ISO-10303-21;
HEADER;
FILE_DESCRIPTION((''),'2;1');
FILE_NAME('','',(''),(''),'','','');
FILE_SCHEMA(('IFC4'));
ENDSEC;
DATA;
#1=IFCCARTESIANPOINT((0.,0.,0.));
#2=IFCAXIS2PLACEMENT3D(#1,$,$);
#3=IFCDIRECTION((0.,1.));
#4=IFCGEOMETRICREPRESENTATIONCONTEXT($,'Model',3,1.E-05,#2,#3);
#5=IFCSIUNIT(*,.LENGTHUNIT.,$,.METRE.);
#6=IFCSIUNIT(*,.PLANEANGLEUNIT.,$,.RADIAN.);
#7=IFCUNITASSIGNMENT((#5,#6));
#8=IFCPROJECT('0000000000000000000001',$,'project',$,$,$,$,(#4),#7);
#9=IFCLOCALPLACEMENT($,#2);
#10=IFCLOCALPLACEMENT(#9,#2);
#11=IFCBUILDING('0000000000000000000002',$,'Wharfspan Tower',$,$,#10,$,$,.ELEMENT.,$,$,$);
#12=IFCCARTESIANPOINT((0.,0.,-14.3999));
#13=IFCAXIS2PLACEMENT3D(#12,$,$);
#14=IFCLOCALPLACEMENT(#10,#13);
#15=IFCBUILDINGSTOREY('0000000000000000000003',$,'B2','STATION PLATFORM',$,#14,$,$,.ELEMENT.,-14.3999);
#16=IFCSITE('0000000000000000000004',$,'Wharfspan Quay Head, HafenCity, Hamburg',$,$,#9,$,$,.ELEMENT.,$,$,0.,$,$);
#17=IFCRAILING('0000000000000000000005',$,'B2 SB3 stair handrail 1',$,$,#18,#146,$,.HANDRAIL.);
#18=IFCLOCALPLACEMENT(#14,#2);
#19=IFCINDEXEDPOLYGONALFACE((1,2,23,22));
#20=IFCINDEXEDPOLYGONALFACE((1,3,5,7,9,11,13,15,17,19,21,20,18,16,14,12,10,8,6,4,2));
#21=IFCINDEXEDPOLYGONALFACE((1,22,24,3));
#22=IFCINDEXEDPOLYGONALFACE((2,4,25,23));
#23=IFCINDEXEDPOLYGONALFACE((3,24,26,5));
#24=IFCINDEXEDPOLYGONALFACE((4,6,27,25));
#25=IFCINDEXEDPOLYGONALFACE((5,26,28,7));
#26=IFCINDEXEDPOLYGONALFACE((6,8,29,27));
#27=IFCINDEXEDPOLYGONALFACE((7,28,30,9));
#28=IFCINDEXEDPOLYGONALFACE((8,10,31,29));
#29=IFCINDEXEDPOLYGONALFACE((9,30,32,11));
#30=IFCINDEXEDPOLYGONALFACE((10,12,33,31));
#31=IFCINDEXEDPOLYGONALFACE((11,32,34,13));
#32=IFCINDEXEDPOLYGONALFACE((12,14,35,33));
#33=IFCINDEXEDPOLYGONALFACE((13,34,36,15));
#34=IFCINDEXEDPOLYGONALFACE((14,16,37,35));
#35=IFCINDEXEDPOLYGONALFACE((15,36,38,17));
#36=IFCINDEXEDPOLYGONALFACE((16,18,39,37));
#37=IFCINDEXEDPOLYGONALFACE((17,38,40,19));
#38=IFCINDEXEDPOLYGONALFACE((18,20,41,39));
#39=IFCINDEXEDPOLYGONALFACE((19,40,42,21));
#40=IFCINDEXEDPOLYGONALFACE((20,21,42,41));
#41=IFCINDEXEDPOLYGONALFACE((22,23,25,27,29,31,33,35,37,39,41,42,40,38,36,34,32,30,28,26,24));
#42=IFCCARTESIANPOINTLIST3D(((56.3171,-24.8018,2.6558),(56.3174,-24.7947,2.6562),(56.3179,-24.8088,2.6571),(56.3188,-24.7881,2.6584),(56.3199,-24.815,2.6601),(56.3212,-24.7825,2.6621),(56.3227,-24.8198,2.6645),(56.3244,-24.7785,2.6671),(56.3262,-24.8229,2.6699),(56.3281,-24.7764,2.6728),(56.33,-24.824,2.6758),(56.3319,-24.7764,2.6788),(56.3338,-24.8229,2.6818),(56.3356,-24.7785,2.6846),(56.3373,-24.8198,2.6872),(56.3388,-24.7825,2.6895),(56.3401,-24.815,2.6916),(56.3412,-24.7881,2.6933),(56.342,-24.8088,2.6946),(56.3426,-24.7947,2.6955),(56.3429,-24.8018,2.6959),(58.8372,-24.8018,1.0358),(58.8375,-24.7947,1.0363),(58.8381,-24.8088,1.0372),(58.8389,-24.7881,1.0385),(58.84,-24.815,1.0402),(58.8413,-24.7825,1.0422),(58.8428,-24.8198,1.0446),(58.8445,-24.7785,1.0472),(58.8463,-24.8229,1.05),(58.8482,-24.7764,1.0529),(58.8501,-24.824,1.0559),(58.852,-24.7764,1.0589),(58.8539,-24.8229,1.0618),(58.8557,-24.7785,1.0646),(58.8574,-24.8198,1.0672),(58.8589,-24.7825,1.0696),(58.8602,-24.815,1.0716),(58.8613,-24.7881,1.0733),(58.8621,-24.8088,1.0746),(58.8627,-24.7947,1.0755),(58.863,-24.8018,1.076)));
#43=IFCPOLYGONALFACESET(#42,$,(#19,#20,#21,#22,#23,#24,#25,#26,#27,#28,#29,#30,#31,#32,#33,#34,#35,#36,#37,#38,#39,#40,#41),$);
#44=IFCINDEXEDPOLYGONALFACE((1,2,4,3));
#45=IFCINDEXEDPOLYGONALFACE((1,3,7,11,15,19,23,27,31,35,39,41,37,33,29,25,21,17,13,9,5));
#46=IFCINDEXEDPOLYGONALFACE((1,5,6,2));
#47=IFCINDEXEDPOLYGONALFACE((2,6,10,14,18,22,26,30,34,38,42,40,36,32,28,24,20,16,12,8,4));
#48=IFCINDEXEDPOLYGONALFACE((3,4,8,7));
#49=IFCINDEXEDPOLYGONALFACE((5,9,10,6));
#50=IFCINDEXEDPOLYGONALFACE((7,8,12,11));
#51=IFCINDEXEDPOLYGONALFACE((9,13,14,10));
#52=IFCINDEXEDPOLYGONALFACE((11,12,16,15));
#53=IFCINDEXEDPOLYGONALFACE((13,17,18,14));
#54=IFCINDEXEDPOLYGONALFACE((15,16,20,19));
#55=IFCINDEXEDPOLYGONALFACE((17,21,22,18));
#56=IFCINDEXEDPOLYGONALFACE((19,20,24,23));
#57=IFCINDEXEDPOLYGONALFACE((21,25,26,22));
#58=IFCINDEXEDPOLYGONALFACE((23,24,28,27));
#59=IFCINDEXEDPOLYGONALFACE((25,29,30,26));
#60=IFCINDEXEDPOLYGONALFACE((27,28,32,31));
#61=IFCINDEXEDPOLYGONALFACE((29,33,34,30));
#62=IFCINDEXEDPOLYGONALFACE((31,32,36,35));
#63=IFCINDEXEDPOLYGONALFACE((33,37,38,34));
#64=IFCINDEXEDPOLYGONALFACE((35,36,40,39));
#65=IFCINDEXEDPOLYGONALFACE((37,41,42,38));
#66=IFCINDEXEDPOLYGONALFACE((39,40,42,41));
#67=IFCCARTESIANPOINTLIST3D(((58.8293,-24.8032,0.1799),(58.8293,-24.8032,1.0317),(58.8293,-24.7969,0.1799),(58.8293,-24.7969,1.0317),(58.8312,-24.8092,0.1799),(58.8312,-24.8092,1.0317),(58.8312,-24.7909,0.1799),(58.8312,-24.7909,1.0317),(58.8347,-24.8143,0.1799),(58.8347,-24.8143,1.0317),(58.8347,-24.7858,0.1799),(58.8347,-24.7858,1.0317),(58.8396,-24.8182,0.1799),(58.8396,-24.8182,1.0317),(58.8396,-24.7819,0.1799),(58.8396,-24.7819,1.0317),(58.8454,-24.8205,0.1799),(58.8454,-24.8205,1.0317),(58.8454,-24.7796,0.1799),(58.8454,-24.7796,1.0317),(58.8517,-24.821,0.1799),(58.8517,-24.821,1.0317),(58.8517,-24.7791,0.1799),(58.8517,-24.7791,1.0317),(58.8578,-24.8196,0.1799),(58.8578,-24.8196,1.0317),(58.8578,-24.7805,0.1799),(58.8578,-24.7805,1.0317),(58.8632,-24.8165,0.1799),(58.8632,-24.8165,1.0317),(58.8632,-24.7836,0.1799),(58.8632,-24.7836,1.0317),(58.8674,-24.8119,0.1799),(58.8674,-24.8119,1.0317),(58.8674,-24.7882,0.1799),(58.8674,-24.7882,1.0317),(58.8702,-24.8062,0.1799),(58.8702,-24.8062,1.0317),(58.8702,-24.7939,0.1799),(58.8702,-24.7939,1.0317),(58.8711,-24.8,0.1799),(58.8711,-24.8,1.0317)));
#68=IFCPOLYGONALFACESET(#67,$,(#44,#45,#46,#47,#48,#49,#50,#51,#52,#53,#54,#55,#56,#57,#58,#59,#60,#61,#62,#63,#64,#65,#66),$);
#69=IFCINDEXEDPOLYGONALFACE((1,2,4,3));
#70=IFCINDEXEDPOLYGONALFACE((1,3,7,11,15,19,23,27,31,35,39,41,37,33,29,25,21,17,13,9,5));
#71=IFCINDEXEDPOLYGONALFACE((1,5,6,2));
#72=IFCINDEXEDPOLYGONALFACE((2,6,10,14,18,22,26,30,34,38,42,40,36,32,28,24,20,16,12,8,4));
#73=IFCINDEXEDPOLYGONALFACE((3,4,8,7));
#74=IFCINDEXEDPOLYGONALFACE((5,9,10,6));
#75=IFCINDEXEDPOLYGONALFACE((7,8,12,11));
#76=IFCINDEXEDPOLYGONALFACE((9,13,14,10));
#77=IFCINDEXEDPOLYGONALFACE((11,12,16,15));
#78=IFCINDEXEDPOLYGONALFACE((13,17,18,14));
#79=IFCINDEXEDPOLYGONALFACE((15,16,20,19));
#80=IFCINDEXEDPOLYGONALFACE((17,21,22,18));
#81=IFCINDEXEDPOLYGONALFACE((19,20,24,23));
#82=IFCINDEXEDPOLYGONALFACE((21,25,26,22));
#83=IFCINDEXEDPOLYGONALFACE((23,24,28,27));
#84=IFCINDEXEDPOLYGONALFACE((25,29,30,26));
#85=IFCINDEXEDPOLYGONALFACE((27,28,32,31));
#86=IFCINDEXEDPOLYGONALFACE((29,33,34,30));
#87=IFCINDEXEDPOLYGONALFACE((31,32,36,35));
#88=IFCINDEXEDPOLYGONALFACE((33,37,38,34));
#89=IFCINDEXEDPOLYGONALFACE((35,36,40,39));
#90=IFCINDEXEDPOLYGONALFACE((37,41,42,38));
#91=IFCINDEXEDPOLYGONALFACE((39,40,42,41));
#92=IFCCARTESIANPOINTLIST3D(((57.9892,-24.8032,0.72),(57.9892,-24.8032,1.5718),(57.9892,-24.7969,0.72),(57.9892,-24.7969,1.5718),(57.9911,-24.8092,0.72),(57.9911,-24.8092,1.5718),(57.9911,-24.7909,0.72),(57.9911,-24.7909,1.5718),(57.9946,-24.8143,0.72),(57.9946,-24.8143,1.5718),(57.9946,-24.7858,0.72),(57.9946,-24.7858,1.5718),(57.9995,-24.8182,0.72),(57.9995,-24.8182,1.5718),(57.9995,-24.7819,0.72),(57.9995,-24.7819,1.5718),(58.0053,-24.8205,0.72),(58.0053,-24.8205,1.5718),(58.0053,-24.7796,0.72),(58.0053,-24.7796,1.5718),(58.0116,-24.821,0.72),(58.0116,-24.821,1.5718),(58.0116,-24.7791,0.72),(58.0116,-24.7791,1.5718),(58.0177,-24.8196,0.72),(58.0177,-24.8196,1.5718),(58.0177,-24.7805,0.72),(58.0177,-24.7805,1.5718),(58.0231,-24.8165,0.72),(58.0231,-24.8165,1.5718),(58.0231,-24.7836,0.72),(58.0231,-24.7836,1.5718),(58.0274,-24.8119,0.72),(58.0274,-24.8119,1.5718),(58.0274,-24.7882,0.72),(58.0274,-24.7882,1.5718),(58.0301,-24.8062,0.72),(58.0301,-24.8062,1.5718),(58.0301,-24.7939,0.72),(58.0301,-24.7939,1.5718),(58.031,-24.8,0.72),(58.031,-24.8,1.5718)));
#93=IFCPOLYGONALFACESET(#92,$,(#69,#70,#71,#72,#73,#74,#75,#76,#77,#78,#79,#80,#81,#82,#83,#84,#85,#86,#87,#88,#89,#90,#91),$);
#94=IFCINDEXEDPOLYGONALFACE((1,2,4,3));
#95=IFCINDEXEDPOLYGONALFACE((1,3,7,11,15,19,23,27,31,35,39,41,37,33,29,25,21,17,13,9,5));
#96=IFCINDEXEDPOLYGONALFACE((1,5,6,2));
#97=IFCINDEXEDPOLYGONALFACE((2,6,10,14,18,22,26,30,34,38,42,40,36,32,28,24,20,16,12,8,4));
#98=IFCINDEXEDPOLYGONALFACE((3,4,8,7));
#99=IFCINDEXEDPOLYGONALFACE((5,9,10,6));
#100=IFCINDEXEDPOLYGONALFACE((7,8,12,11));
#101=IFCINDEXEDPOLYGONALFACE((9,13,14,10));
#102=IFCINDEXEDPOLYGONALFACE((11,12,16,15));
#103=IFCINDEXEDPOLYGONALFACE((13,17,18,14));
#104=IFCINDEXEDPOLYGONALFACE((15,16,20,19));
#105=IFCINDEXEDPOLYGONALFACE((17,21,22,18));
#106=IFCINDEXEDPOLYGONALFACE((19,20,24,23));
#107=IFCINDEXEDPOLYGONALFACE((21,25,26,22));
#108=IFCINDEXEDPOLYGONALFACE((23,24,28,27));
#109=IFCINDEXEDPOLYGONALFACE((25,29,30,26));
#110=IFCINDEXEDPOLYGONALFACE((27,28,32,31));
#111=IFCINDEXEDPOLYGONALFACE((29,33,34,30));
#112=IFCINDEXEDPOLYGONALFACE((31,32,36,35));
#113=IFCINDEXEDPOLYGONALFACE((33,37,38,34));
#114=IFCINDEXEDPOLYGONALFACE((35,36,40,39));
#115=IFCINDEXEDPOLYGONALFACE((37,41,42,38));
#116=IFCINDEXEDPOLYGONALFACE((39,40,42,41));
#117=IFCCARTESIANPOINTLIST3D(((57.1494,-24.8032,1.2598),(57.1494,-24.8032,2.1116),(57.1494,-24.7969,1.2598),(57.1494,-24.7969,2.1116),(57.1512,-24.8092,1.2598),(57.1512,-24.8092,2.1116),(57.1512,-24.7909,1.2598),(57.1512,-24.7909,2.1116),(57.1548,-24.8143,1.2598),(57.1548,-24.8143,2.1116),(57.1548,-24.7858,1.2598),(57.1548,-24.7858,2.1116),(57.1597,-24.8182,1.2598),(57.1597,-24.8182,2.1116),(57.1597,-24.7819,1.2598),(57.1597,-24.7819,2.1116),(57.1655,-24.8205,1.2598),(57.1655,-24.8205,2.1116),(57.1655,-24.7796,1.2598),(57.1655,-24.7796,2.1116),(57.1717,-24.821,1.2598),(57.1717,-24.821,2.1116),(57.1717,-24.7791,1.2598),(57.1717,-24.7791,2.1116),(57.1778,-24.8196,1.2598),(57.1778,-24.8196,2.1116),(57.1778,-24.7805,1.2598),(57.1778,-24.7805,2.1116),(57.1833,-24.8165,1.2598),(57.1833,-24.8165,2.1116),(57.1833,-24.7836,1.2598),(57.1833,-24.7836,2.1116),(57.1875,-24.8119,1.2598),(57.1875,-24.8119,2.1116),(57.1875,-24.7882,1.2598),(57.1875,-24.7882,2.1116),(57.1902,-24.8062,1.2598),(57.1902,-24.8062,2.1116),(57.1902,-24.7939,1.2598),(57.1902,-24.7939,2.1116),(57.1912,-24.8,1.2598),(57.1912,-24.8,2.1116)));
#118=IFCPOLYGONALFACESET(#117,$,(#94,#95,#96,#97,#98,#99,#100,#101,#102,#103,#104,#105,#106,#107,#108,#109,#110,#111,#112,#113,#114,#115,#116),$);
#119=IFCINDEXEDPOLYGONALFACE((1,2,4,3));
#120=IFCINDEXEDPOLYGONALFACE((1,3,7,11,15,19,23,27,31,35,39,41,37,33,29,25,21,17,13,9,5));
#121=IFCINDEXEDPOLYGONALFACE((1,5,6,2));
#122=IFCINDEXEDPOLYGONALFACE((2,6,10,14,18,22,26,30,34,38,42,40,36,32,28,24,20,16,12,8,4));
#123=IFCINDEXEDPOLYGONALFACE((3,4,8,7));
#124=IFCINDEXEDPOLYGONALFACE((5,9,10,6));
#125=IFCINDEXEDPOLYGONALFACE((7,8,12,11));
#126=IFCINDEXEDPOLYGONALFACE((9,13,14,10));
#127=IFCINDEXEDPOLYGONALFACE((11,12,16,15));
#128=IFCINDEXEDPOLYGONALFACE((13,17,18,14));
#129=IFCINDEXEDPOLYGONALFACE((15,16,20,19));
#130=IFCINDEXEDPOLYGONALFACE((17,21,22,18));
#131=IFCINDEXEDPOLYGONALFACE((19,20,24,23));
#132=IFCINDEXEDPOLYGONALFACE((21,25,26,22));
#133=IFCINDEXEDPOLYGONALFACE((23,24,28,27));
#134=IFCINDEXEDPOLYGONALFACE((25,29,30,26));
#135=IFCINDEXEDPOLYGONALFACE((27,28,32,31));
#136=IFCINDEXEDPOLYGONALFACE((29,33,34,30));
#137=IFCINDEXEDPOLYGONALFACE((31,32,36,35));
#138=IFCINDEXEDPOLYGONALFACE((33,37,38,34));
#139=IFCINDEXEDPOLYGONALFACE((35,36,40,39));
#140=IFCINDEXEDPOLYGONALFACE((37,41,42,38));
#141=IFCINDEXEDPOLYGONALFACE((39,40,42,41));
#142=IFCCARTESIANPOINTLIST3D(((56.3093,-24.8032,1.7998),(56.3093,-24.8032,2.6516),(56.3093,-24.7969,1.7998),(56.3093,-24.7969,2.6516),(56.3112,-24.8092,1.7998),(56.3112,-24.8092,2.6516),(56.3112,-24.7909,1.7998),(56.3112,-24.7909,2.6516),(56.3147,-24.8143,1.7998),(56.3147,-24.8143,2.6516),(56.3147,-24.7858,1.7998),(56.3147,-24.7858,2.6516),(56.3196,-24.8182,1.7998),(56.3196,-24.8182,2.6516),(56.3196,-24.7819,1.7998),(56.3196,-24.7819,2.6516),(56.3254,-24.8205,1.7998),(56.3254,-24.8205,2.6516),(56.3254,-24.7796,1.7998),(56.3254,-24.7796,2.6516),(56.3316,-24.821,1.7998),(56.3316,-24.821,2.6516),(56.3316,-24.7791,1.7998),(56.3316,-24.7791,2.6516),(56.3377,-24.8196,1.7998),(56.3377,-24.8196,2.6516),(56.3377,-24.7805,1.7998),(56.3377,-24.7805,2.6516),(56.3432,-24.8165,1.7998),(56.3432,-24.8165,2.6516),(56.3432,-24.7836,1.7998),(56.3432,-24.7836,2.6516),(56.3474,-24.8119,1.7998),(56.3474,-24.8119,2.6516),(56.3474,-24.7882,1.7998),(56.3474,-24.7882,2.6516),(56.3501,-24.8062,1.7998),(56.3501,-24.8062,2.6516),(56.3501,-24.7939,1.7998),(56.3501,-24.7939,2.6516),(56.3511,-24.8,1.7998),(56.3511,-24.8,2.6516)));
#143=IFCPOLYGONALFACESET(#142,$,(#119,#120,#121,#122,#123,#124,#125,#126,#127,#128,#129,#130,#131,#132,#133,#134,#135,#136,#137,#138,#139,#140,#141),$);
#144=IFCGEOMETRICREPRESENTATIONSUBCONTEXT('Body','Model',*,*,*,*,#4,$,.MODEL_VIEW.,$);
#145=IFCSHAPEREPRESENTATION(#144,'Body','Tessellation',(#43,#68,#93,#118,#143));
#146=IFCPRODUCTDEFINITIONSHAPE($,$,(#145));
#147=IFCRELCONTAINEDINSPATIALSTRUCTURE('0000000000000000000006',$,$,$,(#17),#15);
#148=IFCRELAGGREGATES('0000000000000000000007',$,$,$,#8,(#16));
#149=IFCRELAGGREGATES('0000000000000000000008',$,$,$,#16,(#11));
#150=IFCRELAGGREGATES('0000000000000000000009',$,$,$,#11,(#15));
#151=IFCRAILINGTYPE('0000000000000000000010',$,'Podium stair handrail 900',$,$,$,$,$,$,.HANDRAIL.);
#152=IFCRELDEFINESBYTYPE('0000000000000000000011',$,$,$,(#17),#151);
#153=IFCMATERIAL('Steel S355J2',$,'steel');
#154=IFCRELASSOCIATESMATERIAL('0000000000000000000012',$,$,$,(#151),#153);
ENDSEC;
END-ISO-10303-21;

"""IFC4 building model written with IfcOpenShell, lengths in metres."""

from ifc_helpers import new_model, si_unit, direction, frame, origin, origin_2d, place, context, subcontext, project, spatial, circle, extrude, material, type_object, element, save


model = new_model("IFC4")

# Units and contexts
model_context = context("Model", 3, precision=1e-05, world=origin(), true_north=direction((0.0, 1.0)))
body_context = subcontext(model_context, "Body", "Model", "MODEL_VIEW")
ifc_project = project(units=[si_unit("LENGTHUNIT", "METRE"), si_unit("PLANEANGLEUNIT", "RADIAN")], contexts=[model_context])

# Site, building, storey
site_placement = place(None, origin())
site = spatial("IfcSite", under=ifc_project, at=site_placement, Name="Wharfspan Quay Head, HafenCity, Hamburg", CompositionType="ELEMENT", RefElevation=0.0)
building_placement = place(site_placement, origin())
building = spatial("IfcBuilding", under=site, at=building_placement, Name="Wharfspan Tower", CompositionType="ELEMENT")
storey_placement = place(building_placement, frame((0.0, 0.0, -14.3999)))
storey = spatial("IfcBuildingStorey", under=building, at=storey_placement, Name="B2", Description="STATION PLATFORM", CompositionType="ELEMENT", Elevation=-14.3999)

# Railing
ifc_material_1 = material(Name="Steel S355J2", Category="steel")
railing_type_1 = type_object("IfcRailingType", Name="Podium stair handrail 900", PredefinedType="HANDRAIL", material=ifc_material_1)
railing_1_placement = place(storey_placement, frame((58.8501, -24.8, 0.1799)))
element("IfcRailing", 1, at=railing_1_placement, inside=storey, type_object=railing_type_1, Name="B2 SB3 stair handrail 1", PredefinedType="HANDRAIL", context=body_context, shape_type="SweptSolid", body=[
    extrude(circle(Radius=0.0239, at=origin_2d()), frame((0.0, 0.0, 0.876), z_axis=(-0.8412, 0.0, 0.540725), x_axis=(0.0, -1.0, 0.0)), (0.0, 0.0, 1.0), 2.9958),
    extrude(circle(Radius=0.021, at=origin_2d()), origin(), (0.0, 0.0, 1.0), 0.8518),
    extrude(circle(Radius=0.021, at=origin_2d()), frame((-0.8401, 0.0, 0.54)), (0.0, 0.0, 1.0), 0.8518),
    extrude(circle(Radius=0.021, at=origin_2d()), frame((-1.6799, 0.0, 1.0798)), (0.0, 0.0, 1.0), 0.8518),
    extrude(circle(Radius=0.021, at=origin_2d()), frame((-2.52, 0.0, 1.6199)), (0.0, 0.0, 1.0), 0.8518),
])

save(model, "model.ifc")
